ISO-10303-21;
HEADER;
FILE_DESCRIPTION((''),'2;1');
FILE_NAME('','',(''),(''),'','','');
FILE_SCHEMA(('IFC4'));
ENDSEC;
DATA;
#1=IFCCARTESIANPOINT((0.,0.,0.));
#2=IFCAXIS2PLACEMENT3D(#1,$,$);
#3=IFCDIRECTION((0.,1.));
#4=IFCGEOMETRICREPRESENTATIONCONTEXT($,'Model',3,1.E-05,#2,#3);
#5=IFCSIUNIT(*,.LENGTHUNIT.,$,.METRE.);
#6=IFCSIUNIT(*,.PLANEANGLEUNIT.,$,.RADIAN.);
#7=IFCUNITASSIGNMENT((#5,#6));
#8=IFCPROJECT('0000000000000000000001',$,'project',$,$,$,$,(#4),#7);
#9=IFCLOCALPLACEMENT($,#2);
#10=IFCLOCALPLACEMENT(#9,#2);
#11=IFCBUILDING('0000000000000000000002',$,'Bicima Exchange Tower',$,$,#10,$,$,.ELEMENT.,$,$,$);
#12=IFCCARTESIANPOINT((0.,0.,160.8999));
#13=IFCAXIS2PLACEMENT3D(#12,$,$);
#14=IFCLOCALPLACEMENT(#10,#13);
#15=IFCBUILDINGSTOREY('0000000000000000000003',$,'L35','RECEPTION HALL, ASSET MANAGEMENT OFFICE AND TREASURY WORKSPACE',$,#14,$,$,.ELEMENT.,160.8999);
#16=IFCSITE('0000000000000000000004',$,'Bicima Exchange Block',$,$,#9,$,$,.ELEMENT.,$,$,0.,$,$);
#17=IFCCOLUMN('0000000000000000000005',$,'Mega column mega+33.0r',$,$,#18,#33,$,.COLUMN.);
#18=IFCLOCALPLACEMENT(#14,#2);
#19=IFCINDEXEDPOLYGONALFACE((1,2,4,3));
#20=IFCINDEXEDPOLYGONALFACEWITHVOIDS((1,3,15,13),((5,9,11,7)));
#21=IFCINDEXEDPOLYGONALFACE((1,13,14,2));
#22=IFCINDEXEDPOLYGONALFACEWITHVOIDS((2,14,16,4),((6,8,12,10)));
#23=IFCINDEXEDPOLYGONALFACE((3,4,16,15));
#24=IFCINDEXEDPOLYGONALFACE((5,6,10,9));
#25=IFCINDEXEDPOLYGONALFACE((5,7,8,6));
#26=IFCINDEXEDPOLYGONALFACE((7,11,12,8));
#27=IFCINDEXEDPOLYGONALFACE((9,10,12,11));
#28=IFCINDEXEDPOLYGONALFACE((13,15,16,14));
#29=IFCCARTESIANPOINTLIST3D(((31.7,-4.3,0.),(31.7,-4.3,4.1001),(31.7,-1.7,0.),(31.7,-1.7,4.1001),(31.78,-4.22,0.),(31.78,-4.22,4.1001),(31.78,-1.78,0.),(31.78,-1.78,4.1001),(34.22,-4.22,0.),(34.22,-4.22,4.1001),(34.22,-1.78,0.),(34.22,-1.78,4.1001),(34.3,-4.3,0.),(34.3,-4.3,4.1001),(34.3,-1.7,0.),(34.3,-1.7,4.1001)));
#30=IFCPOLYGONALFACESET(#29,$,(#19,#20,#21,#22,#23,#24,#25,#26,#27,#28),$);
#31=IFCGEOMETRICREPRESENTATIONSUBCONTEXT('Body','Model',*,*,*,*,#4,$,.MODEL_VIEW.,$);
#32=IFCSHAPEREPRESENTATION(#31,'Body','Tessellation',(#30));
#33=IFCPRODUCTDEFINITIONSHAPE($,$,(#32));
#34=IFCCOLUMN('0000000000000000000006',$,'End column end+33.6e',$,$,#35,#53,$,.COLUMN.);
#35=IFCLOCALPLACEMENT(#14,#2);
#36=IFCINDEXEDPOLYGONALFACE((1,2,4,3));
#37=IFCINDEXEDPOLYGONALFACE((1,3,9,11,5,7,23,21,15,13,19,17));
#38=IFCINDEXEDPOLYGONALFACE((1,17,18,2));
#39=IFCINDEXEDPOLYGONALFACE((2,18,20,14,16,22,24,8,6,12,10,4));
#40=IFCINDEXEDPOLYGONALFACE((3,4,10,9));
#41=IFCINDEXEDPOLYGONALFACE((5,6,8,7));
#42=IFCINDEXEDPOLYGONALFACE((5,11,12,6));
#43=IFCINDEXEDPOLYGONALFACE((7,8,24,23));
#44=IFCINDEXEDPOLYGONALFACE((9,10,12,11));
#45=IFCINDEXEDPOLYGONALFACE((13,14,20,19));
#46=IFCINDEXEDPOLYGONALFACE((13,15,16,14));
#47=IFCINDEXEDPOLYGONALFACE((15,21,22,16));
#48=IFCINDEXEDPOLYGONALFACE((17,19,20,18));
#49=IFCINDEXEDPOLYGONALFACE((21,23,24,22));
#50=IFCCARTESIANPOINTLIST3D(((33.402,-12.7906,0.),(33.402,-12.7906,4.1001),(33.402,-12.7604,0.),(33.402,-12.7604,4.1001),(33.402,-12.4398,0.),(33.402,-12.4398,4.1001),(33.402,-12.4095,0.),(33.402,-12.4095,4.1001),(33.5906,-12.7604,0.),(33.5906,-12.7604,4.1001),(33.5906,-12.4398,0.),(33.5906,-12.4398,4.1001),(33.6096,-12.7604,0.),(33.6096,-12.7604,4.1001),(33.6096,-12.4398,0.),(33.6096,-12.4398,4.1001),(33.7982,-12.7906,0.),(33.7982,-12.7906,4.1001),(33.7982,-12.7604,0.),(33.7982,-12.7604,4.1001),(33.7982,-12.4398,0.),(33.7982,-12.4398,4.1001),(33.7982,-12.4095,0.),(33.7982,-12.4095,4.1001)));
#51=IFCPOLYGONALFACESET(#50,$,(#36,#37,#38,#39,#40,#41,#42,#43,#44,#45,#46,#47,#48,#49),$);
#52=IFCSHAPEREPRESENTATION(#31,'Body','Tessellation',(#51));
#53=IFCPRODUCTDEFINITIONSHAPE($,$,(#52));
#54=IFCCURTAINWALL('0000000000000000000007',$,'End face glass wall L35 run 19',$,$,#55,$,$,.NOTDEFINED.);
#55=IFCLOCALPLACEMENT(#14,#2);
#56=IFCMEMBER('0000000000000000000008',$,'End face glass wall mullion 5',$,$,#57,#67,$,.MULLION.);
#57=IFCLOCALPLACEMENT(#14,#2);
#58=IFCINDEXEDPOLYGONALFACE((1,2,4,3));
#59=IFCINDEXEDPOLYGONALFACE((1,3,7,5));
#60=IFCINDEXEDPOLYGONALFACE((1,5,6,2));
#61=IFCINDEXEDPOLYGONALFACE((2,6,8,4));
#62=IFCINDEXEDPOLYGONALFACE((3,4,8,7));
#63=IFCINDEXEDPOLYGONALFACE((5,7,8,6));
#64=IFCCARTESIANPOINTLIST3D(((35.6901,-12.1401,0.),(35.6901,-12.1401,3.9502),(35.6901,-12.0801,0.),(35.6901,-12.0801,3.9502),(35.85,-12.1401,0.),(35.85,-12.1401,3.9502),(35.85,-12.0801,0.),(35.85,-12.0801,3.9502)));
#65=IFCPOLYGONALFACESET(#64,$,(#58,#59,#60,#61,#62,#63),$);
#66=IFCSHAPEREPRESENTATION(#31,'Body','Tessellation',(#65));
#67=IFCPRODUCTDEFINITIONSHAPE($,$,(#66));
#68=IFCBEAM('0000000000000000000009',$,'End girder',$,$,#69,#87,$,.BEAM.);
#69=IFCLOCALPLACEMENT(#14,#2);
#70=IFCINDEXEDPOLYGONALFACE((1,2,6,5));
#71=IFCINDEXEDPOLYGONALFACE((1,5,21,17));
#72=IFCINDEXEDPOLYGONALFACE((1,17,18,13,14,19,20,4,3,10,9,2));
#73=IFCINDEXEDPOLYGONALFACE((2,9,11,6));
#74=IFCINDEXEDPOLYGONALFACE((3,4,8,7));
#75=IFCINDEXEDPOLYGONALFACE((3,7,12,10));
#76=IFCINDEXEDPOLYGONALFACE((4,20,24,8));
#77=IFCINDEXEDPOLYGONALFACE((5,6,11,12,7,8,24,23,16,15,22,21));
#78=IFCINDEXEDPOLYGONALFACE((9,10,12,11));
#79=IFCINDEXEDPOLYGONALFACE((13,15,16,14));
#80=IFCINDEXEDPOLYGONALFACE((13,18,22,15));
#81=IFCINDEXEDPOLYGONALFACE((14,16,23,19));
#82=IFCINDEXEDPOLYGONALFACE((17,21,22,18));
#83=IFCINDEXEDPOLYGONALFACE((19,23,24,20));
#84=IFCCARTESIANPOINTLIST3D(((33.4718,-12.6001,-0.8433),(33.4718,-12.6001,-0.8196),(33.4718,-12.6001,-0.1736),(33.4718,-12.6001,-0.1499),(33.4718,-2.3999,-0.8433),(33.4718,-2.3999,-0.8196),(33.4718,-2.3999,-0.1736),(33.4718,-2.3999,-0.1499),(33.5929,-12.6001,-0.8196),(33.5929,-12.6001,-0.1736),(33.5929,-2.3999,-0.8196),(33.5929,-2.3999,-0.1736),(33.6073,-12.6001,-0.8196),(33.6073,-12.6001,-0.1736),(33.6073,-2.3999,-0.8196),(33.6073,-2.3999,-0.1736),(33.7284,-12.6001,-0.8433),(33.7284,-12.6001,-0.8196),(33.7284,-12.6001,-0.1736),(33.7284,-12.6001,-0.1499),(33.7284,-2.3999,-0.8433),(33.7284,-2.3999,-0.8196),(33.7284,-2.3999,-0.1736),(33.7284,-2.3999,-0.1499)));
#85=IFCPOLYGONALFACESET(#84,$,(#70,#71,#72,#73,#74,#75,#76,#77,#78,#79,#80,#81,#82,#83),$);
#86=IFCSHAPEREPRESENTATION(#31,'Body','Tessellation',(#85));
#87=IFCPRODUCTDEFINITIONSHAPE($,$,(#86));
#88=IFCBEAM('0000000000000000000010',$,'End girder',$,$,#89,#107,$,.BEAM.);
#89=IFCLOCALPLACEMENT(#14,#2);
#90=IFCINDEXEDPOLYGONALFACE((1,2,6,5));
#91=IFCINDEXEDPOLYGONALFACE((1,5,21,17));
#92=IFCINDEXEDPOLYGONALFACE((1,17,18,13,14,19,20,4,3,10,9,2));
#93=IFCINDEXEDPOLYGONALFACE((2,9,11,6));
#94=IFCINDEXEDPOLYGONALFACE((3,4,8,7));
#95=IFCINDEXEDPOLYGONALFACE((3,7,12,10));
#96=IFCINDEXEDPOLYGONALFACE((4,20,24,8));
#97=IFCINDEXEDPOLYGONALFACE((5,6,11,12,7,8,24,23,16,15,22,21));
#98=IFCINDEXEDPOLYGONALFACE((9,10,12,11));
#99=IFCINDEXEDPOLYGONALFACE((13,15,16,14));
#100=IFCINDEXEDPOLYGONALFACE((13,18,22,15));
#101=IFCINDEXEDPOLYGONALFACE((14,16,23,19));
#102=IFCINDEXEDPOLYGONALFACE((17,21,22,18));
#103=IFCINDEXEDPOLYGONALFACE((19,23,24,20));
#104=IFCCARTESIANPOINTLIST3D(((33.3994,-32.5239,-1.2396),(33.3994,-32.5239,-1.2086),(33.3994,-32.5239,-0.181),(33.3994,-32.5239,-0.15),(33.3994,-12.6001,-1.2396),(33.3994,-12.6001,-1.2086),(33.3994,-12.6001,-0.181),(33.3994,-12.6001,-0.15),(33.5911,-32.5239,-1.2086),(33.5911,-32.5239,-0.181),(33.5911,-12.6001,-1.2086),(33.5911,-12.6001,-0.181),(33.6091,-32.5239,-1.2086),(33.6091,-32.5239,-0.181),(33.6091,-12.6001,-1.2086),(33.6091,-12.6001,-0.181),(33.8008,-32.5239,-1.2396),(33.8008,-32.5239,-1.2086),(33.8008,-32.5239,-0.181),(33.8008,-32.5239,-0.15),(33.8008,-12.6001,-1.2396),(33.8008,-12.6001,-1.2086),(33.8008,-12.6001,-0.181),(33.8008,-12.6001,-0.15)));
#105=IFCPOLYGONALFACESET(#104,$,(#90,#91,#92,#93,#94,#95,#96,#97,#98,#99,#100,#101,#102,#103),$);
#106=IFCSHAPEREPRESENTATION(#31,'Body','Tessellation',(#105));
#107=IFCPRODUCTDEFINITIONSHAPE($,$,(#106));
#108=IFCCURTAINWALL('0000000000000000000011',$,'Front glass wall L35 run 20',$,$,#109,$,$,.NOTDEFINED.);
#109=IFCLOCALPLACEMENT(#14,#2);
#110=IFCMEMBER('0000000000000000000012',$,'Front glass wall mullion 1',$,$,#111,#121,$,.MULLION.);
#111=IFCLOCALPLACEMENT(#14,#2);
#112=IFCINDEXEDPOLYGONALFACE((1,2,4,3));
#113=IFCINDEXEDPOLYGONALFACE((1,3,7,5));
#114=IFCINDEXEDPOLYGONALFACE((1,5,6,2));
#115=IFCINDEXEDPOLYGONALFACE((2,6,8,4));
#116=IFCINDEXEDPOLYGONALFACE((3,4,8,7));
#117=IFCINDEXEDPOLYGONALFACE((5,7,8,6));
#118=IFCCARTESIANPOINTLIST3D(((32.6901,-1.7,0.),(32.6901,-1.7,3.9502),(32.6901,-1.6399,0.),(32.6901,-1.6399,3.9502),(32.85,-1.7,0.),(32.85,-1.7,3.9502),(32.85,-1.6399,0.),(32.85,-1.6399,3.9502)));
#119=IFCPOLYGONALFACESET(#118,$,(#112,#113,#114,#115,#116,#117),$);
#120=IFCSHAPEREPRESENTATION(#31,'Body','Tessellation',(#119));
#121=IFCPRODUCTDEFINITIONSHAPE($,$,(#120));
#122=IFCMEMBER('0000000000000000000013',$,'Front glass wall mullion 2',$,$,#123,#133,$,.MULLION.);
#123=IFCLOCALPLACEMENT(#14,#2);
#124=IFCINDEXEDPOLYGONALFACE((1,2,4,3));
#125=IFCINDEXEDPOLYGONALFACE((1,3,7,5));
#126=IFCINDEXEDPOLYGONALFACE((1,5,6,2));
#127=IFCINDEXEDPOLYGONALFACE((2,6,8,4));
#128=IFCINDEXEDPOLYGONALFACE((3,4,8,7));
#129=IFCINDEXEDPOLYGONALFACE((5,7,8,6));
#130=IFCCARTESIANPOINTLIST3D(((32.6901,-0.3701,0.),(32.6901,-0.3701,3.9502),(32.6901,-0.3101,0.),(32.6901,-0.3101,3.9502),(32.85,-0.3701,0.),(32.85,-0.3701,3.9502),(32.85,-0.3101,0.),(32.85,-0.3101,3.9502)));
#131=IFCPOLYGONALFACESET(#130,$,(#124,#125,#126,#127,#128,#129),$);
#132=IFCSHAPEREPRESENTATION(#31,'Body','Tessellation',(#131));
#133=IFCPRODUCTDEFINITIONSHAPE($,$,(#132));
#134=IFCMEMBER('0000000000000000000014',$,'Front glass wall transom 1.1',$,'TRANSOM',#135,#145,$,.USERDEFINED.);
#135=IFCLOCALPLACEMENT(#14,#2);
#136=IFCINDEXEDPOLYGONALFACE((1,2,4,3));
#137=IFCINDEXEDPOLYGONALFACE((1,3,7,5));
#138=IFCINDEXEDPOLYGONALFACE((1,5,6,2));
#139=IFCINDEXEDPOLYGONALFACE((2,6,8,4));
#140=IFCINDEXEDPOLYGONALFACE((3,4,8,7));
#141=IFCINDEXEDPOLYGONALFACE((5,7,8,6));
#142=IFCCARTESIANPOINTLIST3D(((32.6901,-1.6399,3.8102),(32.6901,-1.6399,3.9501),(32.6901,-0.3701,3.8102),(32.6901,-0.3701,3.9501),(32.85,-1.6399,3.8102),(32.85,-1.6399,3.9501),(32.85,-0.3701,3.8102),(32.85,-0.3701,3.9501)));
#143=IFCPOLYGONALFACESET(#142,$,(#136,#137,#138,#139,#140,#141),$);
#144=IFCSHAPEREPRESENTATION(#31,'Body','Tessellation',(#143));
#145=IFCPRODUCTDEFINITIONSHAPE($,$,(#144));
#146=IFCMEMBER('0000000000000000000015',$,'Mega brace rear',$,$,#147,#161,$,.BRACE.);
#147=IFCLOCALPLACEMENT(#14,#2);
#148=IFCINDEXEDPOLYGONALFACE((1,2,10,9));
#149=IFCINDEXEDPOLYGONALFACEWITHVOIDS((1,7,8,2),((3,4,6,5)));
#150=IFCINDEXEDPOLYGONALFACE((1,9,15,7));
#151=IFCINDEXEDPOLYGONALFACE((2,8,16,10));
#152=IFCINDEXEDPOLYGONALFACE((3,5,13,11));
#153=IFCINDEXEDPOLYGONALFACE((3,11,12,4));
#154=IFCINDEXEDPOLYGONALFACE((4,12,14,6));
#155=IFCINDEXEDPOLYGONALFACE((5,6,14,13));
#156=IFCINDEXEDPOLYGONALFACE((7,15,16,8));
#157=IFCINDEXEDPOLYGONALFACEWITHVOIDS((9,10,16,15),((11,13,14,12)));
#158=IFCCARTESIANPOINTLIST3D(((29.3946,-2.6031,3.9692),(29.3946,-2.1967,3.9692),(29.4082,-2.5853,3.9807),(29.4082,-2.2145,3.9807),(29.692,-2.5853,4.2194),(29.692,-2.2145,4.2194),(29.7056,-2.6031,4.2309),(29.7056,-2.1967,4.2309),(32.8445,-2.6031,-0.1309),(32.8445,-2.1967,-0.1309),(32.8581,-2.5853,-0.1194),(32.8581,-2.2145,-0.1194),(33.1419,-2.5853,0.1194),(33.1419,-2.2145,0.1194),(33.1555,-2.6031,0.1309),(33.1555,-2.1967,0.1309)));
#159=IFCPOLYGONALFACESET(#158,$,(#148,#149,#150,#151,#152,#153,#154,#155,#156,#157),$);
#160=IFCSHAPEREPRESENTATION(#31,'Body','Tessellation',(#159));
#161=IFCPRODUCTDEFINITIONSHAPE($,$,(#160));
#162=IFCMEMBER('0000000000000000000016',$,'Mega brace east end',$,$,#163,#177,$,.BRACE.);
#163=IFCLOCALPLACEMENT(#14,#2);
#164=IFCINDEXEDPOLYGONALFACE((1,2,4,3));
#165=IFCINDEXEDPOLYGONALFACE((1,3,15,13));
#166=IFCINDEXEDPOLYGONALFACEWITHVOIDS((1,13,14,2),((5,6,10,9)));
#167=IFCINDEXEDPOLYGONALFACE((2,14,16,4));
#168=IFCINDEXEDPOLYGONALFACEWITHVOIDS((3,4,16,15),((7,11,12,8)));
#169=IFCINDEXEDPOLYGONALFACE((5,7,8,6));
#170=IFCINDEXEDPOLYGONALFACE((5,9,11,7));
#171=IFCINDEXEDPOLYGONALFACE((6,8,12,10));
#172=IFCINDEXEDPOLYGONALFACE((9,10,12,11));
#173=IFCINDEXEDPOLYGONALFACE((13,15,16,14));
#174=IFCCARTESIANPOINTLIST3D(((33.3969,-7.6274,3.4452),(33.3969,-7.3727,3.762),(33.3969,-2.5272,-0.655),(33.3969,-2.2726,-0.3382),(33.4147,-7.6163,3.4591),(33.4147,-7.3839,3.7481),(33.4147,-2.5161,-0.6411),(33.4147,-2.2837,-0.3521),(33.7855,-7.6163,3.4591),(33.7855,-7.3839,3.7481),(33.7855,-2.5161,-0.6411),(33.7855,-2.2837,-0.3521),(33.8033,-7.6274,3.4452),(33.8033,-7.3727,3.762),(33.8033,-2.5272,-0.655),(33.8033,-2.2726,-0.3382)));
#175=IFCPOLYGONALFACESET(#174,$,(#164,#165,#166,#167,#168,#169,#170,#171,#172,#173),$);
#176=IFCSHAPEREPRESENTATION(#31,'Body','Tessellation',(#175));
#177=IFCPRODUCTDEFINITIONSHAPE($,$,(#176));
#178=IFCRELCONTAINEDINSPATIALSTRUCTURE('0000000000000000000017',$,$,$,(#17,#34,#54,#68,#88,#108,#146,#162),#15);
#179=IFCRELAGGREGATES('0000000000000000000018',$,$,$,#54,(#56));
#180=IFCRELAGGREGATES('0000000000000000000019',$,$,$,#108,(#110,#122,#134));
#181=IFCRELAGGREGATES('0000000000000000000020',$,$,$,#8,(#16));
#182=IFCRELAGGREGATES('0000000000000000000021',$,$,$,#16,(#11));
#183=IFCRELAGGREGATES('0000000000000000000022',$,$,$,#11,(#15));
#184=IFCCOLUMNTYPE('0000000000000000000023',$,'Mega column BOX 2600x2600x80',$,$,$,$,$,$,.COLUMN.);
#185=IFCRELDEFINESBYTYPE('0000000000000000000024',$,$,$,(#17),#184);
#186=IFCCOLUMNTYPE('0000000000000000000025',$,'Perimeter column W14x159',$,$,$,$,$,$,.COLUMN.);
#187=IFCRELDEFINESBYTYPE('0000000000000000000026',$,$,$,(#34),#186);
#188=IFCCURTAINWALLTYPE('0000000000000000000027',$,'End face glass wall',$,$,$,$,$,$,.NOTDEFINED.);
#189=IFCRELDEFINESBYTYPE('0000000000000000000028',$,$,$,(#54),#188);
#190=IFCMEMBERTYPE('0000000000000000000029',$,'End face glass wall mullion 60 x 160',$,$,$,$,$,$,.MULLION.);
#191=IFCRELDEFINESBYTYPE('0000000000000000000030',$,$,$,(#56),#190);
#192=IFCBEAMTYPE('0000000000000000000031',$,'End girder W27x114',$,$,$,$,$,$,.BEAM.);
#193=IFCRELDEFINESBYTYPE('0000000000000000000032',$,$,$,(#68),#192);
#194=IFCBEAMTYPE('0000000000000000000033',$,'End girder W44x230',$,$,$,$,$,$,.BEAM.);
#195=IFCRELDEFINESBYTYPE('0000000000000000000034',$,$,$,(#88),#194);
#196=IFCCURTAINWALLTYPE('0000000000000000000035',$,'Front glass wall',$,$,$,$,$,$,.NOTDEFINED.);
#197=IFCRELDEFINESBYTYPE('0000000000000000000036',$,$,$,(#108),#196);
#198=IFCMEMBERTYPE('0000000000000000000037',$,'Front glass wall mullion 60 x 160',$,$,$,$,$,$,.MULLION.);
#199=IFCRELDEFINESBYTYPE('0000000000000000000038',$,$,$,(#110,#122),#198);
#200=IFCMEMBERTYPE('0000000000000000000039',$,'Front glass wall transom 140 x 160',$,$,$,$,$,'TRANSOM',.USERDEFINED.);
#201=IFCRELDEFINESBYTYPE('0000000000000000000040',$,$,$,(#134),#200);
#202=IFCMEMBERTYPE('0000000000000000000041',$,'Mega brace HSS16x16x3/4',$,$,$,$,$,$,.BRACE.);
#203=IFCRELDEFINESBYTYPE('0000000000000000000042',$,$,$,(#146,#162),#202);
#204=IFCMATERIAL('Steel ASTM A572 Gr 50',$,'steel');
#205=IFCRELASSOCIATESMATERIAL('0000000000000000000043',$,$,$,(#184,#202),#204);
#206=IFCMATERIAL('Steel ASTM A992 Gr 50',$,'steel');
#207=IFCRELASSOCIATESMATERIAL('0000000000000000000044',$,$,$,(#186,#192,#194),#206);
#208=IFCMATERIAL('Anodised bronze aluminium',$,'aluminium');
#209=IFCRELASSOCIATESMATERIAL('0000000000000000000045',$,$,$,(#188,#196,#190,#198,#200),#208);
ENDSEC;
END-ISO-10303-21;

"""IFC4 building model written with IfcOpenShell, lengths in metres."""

from ifc_helpers import new_model, si_unit, direction, frame, origin, origin_2d, place, context, subcontext, project, spatial, rectangle, hollow_rectangle, i_section, extrude, material, material_profile, profile_set, type_object, element, aggregate, save


model = new_model("IFC4")

# Units and contexts
model_context = context("Model", 3, precision=1e-05, world=origin(), true_north=direction((0.0, 1.0)))
body_context = subcontext(model_context, "Body", "Model", "MODEL_VIEW")
ifc_project = project(units=[si_unit("LENGTHUNIT", "METRE"), si_unit("PLANEANGLEUNIT", "RADIAN")], contexts=[model_context])

# Site, building, storey
site_placement = place(None, origin())
site = spatial("IfcSite", under=ifc_project, at=site_placement, Name="Bicima Exchange Block", CompositionType="ELEMENT", RefElevation=0.0)
building_placement = place(site_placement, origin())
building = spatial("IfcBuilding", under=site, at=building_placement, Name="Bicima Exchange Tower", CompositionType="ELEMENT")
storey_placement = place(building_placement, frame((0.0, 0.0, 160.8999)))
storey = spatial("IfcBuildingStorey", under=building, at=storey_placement, Name="L35", Description="RECEPTION HALL, ASSET MANAGEMENT OFFICE AND TREASURY WORKSPACE", CompositionType="ELEMENT", Elevation=160.8999)

# Columns
ifc_material_1 = material(Name="Steel ASTM A572 Gr 50", Category="steel")
ifc_material_profile_1 = material_profile(ifc_material_1, hollow_rectangle(XDim=2.6001, YDim=2.6001, WallThickness=0.0801, at=origin_2d()))
ifc_profile_set_1 = profile_set([ifc_material_profile_1], Name="Steel ASTM A572 Gr 50")
column_type_1 = type_object("IfcColumnType", Name="Mega column BOX 2600x2600x80", PredefinedType="COLUMN", material=ifc_profile_set_1)
column_1_placement = place(storey_placement, frame((33.0, -3.0, 0.0), z_axis=(0.0, 0.0, 1.0), x_axis=(1.0, 0.0, 0.0)))
element("IfcColumn", 1, at=column_1_placement, inside=storey, type_object=column_type_1, Name="Mega column mega+33.0r", PredefinedType="COLUMN", context=body_context, shape_type="SweptSolid", body=[
    extrude(hollow_rectangle(XDim=2.6001, YDim=2.6001, WallThickness=0.0801, at=origin_2d()), origin(), (0.0, 0.0, 1.0), 4.1001),
])
ifc_material_2 = material(Name="Steel ASTM A992 Gr 50", Category="steel")
ifc_material_profile_2 = material_profile(ifc_material_2, i_section(OverallWidth=0.3962, OverallDepth=0.3811, WebThickness=0.019, FlangeThickness=0.0303, at=origin_2d()))
ifc_profile_set_2 = profile_set([ifc_material_profile_2], Name="Steel ASTM A992 Gr 50")
column_type_2 = type_object("IfcColumnType", Name="Perimeter column W14x159", PredefinedType="COLUMN", material=ifc_profile_set_2)
column_2_placement = place(storey_placement, frame((33.6001, -12.6001, 0.0), z_axis=(0.0, 0.0, 1.0), x_axis=(1.0, 0.0, 0.0)))
element("IfcColumn", 2, at=column_2_placement, inside=storey, type_object=column_type_2, Name="End column end+33.6e", PredefinedType="COLUMN", context=body_context, shape_type="SweptSolid", body=[
    extrude(i_section(OverallWidth=0.3962, OverallDepth=0.3811, WebThickness=0.019, FlangeThickness=0.0303, at=origin_2d()), origin(), (0.0, 0.0, 1.0), 4.1001),
])

# Curtain wall, member
ifc_material_3 = material(Name="Anodised bronze aluminium", Category="aluminium")
curtain_wall_type_1 = type_object("IfcCurtainWallType", Name="End face glass wall", PredefinedType="NOTDEFINED", material=ifc_material_3)
curtain_wall_1_placement = place(storey_placement, origin())
curtain_wall_1 = element("IfcCurtainWall", 3, at=curtain_wall_1_placement, inside=storey, type_object=curtain_wall_type_1, Name="End face glass wall L35 run 19", PredefinedType="NOTDEFINED")
ifc_material_profile_3 = material_profile(ifc_material_3, rectangle(XDim=0.1599, YDim=0.0601, at=origin_2d()))
ifc_profile_set_3 = profile_set([ifc_material_profile_3], Name="Anodised bronze aluminium")
member_type_1 = type_object("IfcMemberType", Name="End face glass wall mullion 60 x 160", PredefinedType="MULLION", material=ifc_profile_set_3)
member_1_placement = place(storey_placement, frame((35.77, -12.1101, 0.0), z_axis=(0.0, 0.0, 1.0), x_axis=(-1.0, 0.0, 0.0)))
member_1 = element("IfcMember", 4, at=member_1_placement, type_object=member_type_1, Name="End face glass wall mullion 5", PredefinedType="MULLION", context=body_context, shape_type="SweptSolid", body=[
    extrude(rectangle(XDim=0.1599, YDim=0.0601, at=origin_2d()), origin(), (0.0, 0.0, 1.0), 3.9502),
])
aggregate(curtain_wall_1, [member_1])

# Beams
ifc_material_profile_4 = material_profile(ifc_material_2, i_section(OverallWidth=0.2566, OverallDepth=0.6934, WebThickness=0.0144, FlangeThickness=0.0237, at=origin_2d()))
ifc_profile_set_4 = profile_set([ifc_material_profile_4], Name="Steel ASTM A992 Gr 50")
beam_type_1 = type_object("IfcBeamType", Name="End girder W27x114", PredefinedType="BEAM", material=ifc_profile_set_4)
beam_1_placement = place(storey_placement, frame((33.6001, -2.3999, -0.4966), z_axis=(0.0, -1.0, 0.0), x_axis=(1.0, 0.0, 0.0)))
element("IfcBeam", 5, at=beam_1_placement, inside=storey, type_object=beam_type_1, Name="End girder", PredefinedType="BEAM", context=body_context, shape_type="SweptSolid", body=[
    extrude(i_section(OverallWidth=0.2566, OverallDepth=0.6934, WebThickness=0.0144, FlangeThickness=0.0237, at=origin_2d()), origin(), (0.0, 0.0, 1.0), 10.2002),
])
ifc_material_profile_5 = material_profile(ifc_material_2, i_section(OverallWidth=0.4014, OverallDepth=1.0896, WebThickness=0.0181, FlangeThickness=0.031, at=origin_2d()))
ifc_profile_set_5 = profile_set([ifc_material_profile_5], Name="Steel ASTM A992 Gr 50")
beam_type_2 = type_object("IfcBeamType", Name="End girder W44x230", PredefinedType="BEAM", material=ifc_profile_set_5)
beam_2_placement = place(storey_placement, frame((33.6001, -12.6001, -0.6948), z_axis=(0.0, -1.0, 0.0), x_axis=(1.0, 0.0, 0.0)))
element("IfcBeam", 6, at=beam_2_placement, inside=storey, type_object=beam_type_2, Name="End girder", PredefinedType="BEAM", context=body_context, shape_type="SweptSolid", body=[
    extrude(i_section(OverallWidth=0.4014, OverallDepth=1.0896, WebThickness=0.0181, FlangeThickness=0.031, at=origin_2d()), origin(), (0.0, 0.0, 1.0), 19.9238),
])

# Curtain wall, members
curtain_wall_type_2 = type_object("IfcCurtainWallType", Name="Front glass wall", PredefinedType="NOTDEFINED", material=ifc_material_3)
curtain_wall_2_placement = place(storey_placement, origin())
curtain_wall_2 = element("IfcCurtainWall", 7, at=curtain_wall_2_placement, inside=storey, type_object=curtain_wall_type_2, Name="Front glass wall L35 run 20", PredefinedType="NOTDEFINED")
member_type_2 = type_object("IfcMemberType", Name="Front glass wall mullion 60 x 160", PredefinedType="MULLION", material=ifc_profile_set_3)
member_2_placement = place(storey_placement, frame((32.77, -1.6699, 0.0), z_axis=(0.0, 0.0, 1.0), x_axis=(-1.0, 0.0, 0.0)))
member_2 = element("IfcMember", 8, at=member_2_placement, type_object=member_type_2, Name="Front glass wall mullion 1", PredefinedType="MULLION", context=body_context, shape_type="SweptSolid", body=[
    extrude(rectangle(XDim=0.1599, YDim=0.0601, at=origin_2d()), origin(), (0.0, 0.0, 1.0), 3.9502),
])
member_3_placement = place(storey_placement, frame((32.77, -0.3401, 0.0), z_axis=(0.0, 0.0, 1.0), x_axis=(-1.0, 0.0, 0.0)))
member_3 = element("IfcMember", 9, at=member_3_placement, type_object=member_type_2, Name="Front glass wall mullion 2", PredefinedType="MULLION", context=body_context, shape_type="SweptSolid", body=[
    extrude(rectangle(XDim=0.1599, YDim=0.0601, at=origin_2d()), origin(), (0.0, 0.0, 1.0), 3.9502),
])
ifc_material_profile_6 = material_profile(ifc_material_3, rectangle(XDim=0.1599, YDim=0.1399, at=origin_2d()))
ifc_profile_set_6 = profile_set([ifc_material_profile_6], Name="Anodised bronze aluminium")
member_type_3 = type_object("IfcMemberType", Name="Front glass wall transom 140 x 160", ElementType="TRANSOM", PredefinedType="USERDEFINED", material=ifc_profile_set_6)
member_4_placement = place(storey_placement, frame((32.77, -1.6399, 3.8801), z_axis=(0.0, 1.0, 0.0), x_axis=(-1.0, 0.0, 0.0)))
member_4 = element("IfcMember", 10, at=member_4_placement, type_object=member_type_3, Name="Front glass wall transom 1.1", ObjectType="TRANSOM", PredefinedType="USERDEFINED", context=body_context, shape_type="SweptSolid", body=[
    extrude(rectangle(XDim=0.1599, YDim=0.1399, at=origin_2d()), origin(), (0.0, 0.0, 1.0), 1.2698),
])

# Members
ifc_material_profile_7 = material_profile(ifc_material_1, hollow_rectangle(XDim=0.4065, YDim=0.4065, WallThickness=0.0178, at=origin_2d()))
ifc_profile_set_7 = profile_set([ifc_material_profile_7], Name="Steel ASTM A572 Gr 50")
member_type_4 = type_object("IfcMemberType", Name="Mega brace HSS16x16x3/4", PredefinedType="BRACE", material=ifc_profile_set_7)
member_5_placement = place(storey_placement, frame((33.0, -2.3999, 0.0), z_axis=(-0.643834, 0.0, 0.765165), x_axis=(0.0, -1.0, 0.0)))
element("IfcMember", 11, at=member_5_placement, inside=storey, type_object=member_type_4, Name="Mega brace rear", PredefinedType="BRACE", context=body_context, shape_type="SweptSolid", body=[
    extrude(hollow_rectangle(XDim=0.4065, YDim=0.4065, WallThickness=0.0178, at=origin_2d()), origin(), (0.0, 0.0, 1.0), 5.3584),
])
for number, where, z_axis, x_axis, name in (
    (12, (33.6001, -2.3999, -0.4966), (0.0, -0.779374, 0.626559), (1.0, 0.0, 0.0), "Mega brace east end"),
):
    element("IfcMember", number, at=place(storey_placement, frame(where, z_axis=z_axis, x_axis=x_axis)), inside=storey, type_object=member_type_4, Name=name, PredefinedType="BRACE", context=body_context, shape_type="SweptSolid", body=[
        extrude(hollow_rectangle(XDim=0.4065, YDim=0.4065, WallThickness=0.0178, at=origin_2d()), origin(), (0.0, 0.0, 1.0), 6.5439),
    ])

aggregate(curtain_wall_2, [member_2, member_3, member_4])

save(model, "model.ifc")
